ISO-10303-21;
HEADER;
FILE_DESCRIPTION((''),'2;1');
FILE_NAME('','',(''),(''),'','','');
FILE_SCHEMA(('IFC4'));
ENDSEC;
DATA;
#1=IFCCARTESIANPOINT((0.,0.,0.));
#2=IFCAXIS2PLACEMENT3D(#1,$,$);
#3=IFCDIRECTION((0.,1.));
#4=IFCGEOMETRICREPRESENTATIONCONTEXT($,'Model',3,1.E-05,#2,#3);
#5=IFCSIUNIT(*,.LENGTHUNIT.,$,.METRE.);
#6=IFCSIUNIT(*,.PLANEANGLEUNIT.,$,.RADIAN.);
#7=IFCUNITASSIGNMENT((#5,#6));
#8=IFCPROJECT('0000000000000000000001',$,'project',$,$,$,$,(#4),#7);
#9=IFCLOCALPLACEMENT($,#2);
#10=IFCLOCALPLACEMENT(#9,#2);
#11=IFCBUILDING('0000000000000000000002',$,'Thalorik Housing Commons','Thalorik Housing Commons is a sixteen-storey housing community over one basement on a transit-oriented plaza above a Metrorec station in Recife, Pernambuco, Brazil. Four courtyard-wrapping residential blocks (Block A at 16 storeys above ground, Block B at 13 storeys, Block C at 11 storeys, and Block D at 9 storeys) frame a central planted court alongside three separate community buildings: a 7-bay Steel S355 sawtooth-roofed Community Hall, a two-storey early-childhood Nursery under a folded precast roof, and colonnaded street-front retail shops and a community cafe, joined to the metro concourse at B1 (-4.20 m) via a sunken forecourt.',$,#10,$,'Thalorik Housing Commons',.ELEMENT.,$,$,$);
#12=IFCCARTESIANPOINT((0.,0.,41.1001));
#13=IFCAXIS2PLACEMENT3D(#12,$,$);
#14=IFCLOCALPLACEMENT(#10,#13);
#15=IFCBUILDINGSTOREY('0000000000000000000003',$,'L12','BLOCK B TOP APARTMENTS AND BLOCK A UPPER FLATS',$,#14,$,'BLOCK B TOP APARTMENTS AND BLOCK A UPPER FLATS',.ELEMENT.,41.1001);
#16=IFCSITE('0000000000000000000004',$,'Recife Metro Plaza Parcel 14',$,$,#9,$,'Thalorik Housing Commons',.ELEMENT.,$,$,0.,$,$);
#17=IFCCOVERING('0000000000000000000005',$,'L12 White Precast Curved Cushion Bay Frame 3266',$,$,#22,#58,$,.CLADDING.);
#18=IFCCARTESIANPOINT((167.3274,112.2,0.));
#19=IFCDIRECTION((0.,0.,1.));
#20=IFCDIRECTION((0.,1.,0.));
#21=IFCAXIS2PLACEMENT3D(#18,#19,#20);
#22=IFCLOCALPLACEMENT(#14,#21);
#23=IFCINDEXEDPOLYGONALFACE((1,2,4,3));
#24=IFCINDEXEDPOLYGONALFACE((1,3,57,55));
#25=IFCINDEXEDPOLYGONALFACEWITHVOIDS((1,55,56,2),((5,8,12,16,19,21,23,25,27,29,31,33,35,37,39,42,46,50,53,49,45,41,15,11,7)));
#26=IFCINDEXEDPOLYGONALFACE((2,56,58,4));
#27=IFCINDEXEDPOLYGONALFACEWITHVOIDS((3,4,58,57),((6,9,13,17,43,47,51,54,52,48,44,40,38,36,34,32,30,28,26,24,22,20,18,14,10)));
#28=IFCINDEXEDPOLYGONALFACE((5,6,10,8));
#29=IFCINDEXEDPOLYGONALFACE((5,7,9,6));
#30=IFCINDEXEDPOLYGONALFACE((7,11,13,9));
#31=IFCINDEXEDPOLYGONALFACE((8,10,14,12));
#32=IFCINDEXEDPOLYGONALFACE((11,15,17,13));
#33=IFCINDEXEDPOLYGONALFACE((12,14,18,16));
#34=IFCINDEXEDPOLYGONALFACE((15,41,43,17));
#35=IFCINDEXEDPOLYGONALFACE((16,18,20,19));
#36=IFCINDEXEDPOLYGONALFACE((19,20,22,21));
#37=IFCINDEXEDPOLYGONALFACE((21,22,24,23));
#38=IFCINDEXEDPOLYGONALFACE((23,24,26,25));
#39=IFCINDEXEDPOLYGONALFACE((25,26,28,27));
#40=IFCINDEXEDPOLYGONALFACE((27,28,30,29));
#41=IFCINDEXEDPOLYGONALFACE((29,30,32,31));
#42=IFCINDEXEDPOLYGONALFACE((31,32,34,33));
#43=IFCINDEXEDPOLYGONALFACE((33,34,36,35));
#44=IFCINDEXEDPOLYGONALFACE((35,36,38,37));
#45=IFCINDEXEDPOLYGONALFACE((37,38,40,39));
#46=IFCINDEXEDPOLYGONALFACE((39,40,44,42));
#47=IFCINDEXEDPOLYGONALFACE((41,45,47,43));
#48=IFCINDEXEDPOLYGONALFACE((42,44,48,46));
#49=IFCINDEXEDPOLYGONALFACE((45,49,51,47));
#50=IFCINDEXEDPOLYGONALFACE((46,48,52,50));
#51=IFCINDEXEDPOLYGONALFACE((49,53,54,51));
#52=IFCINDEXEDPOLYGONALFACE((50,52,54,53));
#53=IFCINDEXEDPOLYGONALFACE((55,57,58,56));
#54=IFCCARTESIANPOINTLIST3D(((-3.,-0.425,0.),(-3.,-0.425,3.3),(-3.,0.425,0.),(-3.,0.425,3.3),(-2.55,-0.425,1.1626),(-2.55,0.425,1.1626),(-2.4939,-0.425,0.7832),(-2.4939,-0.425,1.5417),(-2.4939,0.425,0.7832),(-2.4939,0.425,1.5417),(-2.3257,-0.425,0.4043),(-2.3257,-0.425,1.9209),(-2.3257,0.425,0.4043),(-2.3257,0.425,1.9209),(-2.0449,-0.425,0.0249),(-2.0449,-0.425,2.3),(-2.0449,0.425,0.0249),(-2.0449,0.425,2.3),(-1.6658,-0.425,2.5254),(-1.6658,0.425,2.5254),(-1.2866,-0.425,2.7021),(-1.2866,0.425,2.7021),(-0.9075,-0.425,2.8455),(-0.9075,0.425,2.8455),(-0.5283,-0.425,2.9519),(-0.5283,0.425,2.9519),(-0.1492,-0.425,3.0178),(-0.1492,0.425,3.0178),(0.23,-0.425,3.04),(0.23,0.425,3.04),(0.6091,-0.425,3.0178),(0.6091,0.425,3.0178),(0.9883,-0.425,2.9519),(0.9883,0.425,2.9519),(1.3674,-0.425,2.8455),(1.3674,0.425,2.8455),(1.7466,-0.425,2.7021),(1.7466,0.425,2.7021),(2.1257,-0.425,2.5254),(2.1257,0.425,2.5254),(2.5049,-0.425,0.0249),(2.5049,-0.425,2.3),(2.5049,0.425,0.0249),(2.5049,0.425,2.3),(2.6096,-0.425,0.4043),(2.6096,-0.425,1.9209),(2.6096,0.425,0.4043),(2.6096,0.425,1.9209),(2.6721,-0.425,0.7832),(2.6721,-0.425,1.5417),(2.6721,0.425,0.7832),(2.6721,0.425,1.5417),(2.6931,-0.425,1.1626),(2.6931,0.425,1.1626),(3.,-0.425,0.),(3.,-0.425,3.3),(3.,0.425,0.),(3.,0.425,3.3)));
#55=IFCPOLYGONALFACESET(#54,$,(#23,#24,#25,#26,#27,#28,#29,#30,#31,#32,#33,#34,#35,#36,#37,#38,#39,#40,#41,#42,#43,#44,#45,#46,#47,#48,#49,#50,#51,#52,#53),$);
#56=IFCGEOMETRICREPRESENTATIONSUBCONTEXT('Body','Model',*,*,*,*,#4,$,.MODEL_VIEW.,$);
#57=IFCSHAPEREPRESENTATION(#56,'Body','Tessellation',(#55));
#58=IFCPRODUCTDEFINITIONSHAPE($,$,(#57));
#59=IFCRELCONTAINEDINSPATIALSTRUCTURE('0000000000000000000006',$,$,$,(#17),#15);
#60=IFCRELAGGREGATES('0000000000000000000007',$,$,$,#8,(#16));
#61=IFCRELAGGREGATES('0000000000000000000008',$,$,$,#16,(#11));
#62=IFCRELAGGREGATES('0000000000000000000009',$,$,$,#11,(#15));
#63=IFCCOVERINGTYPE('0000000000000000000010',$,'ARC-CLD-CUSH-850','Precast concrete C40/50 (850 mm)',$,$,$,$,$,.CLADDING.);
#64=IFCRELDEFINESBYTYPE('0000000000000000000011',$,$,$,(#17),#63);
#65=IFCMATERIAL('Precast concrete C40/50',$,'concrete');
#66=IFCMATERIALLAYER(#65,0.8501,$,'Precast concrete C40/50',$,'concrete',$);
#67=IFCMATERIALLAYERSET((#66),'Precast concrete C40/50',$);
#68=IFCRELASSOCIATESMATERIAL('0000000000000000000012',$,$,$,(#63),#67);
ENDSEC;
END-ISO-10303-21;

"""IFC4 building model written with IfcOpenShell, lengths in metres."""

from ifc_helpers import new_model, si_unit, direction, frame, origin, place, context, subcontext, project, spatial, polyline, outline, extrude, material, layer, layer_set, type_object, element, save


model = new_model("IFC4")

# Units and contexts
model_context = context("Model", 3, precision=1e-05, world=origin(), true_north=direction((0.0, 1.0)))
body_context = subcontext(model_context, "Body", "Model", "MODEL_VIEW")
ifc_project = project(units=[si_unit("LENGTHUNIT", "METRE"), si_unit("PLANEANGLEUNIT", "RADIAN")], contexts=[model_context])

# Site, building, storey
site_placement = place(None, origin())
site = spatial("IfcSite", under=ifc_project, at=site_placement, Name="Recife Metro Plaza Parcel 14", LongName="Thalorik Housing Commons", CompositionType="ELEMENT", RefElevation=0.0)
building_placement = place(site_placement, origin())
building = spatial("IfcBuilding", under=site, at=building_placement, Name="Thalorik Housing Commons", Description="Thalorik Housing Commons is a sixteen-storey housing community over one basement on a transit-oriented plaza above a Metrorec station in Recife, Pernambuco, Brazil. Four courtyard-wrapping residential blocks (Block A at 16 storeys above ground, Block B at 13 storeys, Block C at 11 storeys, and Block D at 9 storeys) frame a central planted court alongside three separate community buildings: a 7-bay Steel S355 sawtooth-roofed Community Hall, a two-storey early-childhood Nursery under a folded precast roof, and colonnaded street-front retail shops and a community cafe, joined to the metro concourse at B1 (-4.20 m) via a sunken forecourt.", LongName="Thalorik Housing Commons", CompositionType="ELEMENT")
storey_placement = place(building_placement, frame((0.0, 0.0, 41.1001)))
storey = spatial("IfcBuildingStorey", under=building, at=storey_placement, Name="L12", Description="BLOCK B TOP APARTMENTS AND BLOCK A UPPER FLATS", LongName="BLOCK B TOP APARTMENTS AND BLOCK A UPPER FLATS", CompositionType="ELEMENT", Elevation=41.1001)

# Shared definitions
ifc_material_1 = material(Name="Precast concrete C40/50", Category="concrete")

# Covering
ifc_layer_1 = layer(ifc_material_1, 0.8501, Name="Precast concrete C40/50", Category="concrete")
ifc_layer_set_1 = layer_set([ifc_layer_1], Name="Precast concrete C40/50")
covering_type_1 = type_object("IfcCoveringType", Name="ARC-CLD-CUSH-850", Description="Precast concrete C40/50 (850 mm)", PredefinedType="CLADDING", material=ifc_layer_set_1)
covering_1_placement = place(storey_placement, frame((167.3274, 112.2, 0.0), z_axis=(0.0, 0.0, 1.0), x_axis=(0.0, 1.0, 0.0)))
element("IfcCovering", 1, at=covering_1_placement, inside=storey, type_object=covering_type_1, Name="L12 White Precast Curved Cushion Bay Frame 3266", PredefinedType="CLADDING", context=body_context, shape_type="SweptSolid", body=[
    extrude(outline(polyline([(-3.0, 0.0), (3.0, 0.0), (3.0, 3.3), (-3.0, 3.3), (-3.0, 0.0)]), holes=[polyline([(2.5049, 0.0249), (2.6096, 0.4043), (2.6721, 0.7832), (2.6931, 1.1626), (2.6721, 1.5417), (2.6096, 1.9209), (2.5049, 2.3), (2.1257, 2.5254), (1.7466, 2.7021), (1.3674, 2.8455), (0.9883, 2.9519), (0.6091, 3.0178), (0.23, 3.04), (-0.1492, 3.0178), (-0.5283, 2.9519), (-0.9075, 2.8455), (-1.2866, 2.7021), (-1.6658, 2.5254), (-2.0449, 2.3), (-2.3257, 1.9209), (-2.4939, 1.5417), (-2.55, 1.1626), (-2.4939, 0.7832), (-2.3257, 0.4043), (-2.0449, 0.0249), (2.5049, 0.0249)])]), frame((0.0, 0.425, 0.0), z_axis=(0.0, -1.0, 0.0), x_axis=(1.0, 0.0, 0.0)), (0.0, 0.0, 1.0), 0.8501),
])

save(model, "model.ifc")
